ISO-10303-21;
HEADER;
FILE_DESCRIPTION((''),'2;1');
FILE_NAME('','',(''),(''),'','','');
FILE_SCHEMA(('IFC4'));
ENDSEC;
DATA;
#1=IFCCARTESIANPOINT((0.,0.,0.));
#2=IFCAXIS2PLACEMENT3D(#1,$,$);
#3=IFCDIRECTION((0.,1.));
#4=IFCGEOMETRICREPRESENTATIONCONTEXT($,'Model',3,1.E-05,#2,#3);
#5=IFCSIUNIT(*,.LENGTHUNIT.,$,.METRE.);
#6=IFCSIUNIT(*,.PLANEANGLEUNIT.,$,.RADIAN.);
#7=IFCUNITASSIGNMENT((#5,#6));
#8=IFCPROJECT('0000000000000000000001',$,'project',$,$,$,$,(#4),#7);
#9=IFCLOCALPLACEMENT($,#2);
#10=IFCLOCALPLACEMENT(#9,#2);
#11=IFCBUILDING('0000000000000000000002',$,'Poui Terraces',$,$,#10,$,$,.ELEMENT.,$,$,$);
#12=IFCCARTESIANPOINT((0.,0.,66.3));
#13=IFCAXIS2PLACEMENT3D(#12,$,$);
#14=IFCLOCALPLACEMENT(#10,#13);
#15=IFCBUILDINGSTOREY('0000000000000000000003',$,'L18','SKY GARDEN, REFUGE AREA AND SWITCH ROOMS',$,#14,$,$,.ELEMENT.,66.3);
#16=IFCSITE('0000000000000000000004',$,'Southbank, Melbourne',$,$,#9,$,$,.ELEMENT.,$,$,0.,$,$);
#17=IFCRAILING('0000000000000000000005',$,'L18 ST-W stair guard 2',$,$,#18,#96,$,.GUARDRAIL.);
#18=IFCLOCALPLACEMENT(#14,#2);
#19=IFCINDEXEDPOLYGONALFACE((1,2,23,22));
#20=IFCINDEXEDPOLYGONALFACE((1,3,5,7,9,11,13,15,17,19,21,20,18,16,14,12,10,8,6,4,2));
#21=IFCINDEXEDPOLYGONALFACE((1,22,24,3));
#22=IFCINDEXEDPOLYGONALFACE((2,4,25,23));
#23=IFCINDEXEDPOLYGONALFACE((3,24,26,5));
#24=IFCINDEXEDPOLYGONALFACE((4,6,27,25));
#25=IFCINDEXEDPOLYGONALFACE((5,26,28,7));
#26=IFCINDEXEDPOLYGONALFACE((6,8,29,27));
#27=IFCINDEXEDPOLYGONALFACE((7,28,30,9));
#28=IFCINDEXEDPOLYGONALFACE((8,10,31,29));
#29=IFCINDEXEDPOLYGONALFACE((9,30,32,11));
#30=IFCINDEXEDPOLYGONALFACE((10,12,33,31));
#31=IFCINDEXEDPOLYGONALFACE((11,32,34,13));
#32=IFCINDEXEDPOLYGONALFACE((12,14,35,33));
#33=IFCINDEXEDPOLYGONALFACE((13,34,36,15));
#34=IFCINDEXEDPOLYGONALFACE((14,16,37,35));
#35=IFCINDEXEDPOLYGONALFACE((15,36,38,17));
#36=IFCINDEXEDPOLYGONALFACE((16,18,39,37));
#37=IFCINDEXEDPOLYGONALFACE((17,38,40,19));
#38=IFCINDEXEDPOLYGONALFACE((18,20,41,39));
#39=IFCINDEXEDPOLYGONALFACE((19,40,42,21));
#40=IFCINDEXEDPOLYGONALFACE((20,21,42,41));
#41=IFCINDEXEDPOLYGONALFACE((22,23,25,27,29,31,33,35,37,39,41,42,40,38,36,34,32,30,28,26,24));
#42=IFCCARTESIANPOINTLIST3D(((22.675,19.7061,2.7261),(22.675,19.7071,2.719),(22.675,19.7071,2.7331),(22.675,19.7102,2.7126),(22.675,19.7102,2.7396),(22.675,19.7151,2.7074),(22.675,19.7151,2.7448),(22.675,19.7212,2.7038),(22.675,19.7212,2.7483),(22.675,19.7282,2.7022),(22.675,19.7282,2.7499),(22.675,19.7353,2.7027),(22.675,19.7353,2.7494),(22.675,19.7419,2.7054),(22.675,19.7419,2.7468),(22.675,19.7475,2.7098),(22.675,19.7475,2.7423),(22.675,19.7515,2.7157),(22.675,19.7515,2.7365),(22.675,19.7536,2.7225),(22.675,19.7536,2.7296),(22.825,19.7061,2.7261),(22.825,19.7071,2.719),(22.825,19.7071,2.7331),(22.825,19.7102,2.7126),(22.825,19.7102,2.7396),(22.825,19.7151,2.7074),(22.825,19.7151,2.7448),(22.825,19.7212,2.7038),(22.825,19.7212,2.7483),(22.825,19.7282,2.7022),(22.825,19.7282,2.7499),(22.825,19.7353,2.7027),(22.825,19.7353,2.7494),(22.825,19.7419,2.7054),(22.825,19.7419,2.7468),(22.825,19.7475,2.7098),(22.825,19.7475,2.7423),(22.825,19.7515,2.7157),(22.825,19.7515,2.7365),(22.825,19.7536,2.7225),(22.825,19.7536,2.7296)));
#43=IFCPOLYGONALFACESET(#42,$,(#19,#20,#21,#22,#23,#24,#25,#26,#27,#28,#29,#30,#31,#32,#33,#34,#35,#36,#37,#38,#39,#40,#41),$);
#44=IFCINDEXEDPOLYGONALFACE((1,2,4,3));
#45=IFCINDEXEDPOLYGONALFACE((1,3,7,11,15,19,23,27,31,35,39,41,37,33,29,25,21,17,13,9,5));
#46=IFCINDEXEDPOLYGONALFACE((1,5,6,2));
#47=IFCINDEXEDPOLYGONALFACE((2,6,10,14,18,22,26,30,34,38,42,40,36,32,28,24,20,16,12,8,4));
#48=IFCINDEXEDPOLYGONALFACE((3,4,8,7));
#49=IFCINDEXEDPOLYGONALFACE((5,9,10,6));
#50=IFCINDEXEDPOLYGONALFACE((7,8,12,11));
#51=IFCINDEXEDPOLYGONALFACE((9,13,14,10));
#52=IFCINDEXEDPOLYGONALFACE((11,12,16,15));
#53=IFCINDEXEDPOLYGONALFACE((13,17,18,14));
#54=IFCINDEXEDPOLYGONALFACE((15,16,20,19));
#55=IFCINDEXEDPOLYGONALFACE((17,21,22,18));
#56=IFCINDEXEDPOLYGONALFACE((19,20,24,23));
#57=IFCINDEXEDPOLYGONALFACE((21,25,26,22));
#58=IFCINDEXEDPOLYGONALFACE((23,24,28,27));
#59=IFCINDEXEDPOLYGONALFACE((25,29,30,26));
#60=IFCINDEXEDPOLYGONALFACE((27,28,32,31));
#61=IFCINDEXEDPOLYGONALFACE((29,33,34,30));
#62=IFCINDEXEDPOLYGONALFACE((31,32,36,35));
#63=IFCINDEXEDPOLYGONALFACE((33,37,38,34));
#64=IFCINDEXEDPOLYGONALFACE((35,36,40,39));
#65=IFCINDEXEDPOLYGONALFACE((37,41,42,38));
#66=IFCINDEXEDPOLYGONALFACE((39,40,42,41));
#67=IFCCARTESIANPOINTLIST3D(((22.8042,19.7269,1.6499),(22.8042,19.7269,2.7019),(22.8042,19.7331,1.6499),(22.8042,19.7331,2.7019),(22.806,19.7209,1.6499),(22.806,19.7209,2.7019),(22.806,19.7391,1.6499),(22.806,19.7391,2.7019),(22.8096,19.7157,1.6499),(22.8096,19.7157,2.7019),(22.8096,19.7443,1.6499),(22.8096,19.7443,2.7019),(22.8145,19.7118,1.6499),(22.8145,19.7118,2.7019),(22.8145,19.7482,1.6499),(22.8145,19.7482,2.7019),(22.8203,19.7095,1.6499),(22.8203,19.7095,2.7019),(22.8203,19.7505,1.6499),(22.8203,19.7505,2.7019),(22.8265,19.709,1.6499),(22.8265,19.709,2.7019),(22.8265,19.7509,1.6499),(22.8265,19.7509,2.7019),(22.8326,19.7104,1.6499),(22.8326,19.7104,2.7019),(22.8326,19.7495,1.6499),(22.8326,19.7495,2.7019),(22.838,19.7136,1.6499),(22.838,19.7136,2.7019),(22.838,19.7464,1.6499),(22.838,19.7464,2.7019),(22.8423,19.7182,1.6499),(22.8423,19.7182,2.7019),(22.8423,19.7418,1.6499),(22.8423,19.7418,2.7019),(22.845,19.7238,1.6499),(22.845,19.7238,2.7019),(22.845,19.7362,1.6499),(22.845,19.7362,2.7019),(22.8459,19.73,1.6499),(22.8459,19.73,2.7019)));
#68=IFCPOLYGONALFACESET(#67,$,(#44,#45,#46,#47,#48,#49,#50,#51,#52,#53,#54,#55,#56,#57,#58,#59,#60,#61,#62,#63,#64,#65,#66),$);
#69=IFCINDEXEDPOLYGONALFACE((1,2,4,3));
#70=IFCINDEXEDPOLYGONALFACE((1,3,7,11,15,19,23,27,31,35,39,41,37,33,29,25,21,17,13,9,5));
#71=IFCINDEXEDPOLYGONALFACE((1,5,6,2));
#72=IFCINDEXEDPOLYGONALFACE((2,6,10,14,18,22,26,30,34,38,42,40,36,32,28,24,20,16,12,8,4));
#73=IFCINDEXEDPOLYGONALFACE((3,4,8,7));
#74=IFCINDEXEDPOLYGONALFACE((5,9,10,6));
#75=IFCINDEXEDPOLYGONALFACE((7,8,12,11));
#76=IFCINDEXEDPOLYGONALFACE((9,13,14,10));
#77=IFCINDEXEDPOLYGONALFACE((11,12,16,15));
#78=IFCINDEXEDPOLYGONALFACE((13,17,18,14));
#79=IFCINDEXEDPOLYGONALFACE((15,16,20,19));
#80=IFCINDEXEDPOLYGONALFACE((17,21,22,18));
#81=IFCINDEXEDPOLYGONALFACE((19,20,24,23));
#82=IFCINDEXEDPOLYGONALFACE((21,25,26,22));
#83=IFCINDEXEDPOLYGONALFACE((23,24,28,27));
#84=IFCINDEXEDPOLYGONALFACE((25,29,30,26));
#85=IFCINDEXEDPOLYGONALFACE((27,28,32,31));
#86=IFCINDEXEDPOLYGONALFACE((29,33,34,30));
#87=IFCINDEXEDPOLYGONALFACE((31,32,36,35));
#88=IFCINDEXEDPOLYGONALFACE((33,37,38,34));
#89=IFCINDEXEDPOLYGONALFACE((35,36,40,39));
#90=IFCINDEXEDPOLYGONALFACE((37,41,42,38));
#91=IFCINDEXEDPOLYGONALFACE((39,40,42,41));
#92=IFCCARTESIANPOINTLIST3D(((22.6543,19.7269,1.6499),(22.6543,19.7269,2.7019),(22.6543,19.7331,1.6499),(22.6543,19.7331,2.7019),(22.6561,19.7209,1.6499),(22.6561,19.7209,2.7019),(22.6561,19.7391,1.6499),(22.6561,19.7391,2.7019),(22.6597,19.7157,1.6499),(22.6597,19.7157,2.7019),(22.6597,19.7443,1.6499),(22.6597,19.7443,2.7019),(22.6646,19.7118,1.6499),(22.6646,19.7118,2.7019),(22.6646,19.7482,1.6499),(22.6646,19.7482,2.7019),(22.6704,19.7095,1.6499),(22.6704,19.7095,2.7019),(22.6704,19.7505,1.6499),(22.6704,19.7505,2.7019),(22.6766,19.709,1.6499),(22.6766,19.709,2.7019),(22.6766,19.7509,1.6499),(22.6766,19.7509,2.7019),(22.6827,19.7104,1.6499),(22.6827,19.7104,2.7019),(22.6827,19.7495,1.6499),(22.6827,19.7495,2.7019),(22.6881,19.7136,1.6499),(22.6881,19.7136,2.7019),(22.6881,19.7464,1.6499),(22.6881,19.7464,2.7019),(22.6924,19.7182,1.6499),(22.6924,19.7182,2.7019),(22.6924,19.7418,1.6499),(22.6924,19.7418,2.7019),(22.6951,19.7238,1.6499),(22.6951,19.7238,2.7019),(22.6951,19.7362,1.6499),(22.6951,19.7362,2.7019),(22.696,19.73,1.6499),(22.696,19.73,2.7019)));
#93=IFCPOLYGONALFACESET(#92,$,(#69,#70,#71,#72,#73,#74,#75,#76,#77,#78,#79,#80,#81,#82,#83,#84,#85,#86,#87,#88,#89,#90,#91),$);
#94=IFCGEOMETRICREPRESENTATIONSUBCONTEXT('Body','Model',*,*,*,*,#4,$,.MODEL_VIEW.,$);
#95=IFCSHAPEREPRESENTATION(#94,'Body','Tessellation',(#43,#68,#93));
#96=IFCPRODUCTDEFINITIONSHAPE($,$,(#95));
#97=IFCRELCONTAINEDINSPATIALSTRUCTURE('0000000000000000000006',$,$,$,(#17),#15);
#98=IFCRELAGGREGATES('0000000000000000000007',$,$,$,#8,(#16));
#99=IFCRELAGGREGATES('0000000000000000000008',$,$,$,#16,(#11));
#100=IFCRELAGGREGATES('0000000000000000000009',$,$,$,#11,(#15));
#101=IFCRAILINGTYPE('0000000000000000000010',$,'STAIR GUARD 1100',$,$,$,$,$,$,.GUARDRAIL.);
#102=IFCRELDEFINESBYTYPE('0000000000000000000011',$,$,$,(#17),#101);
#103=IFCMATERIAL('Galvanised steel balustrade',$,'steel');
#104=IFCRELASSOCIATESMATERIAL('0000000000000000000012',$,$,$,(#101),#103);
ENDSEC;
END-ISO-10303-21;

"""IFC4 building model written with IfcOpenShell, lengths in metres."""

from ifc_helpers import new_model, si_unit, direction, frame, origin, origin_2d, place, context, subcontext, project, spatial, circle, extrude, material, type_object, element, save


model = new_model("IFC4")

# Units and contexts
model_context = context("Model", 3, precision=1e-05, world=origin(), true_north=direction((0.0, 1.0)))
body_context = subcontext(model_context, "Body", "Model", "MODEL_VIEW")
ifc_project = project(units=[si_unit("LENGTHUNIT", "METRE"), si_unit("PLANEANGLEUNIT", "RADIAN")], contexts=[model_context])

# Site, building, storey
site_placement = place(None, origin())
site = spatial("IfcSite", under=ifc_project, at=site_placement, Name="Southbank, Melbourne", CompositionType="ELEMENT", RefElevation=0.0)
building_placement = place(site_placement, origin())
building = spatial("IfcBuilding", under=site, at=building_placement, Name="Poui Terraces", CompositionType="ELEMENT")
storey_placement = place(building_placement, frame((0.0, 0.0, 66.3)))
storey = spatial("IfcBuildingStorey", under=building, at=storey_placement, Name="L18", Description="SKY GARDEN, REFUGE AREA AND SWITCH ROOMS", CompositionType="ELEMENT", Elevation=66.3)

# Railing
ifc_material_1 = material(Name="Galvanised steel balustrade", Category="steel")
railing_type_1 = type_object("IfcRailingType", Name="STAIR GUARD 1100", PredefinedType="GUARDRAIL", material=ifc_material_1)
railing_1_placement = place(storey_placement, frame((22.825, 19.73, 1.6499)))
element("IfcRailing", 1, at=railing_1_placement, inside=storey, type_object=railing_type_1, Name="L18 ST-W stair guard 2", PredefinedType="GUARDRAIL", context=body_context, shape_type="SweptSolid", body=[
    extrude(circle(Radius=0.0239, at=origin_2d()), frame((0.0, 0.0, 1.0762), z_axis=(-1.0, 0.0, 0.0), x_axis=(0.0, -1.0, 0.0)), (0.0, 0.0, 1.0), 0.1499),
    extrude(circle(Radius=0.021, at=origin_2d()), origin(), (0.0, 0.0, 1.0), 1.052),
    extrude(circle(Radius=0.021, at=origin_2d()), frame((-0.1499, 0.0, 0.0)), (0.0, 0.0, 1.0), 1.052),
])

save(model, "model.ifc")
